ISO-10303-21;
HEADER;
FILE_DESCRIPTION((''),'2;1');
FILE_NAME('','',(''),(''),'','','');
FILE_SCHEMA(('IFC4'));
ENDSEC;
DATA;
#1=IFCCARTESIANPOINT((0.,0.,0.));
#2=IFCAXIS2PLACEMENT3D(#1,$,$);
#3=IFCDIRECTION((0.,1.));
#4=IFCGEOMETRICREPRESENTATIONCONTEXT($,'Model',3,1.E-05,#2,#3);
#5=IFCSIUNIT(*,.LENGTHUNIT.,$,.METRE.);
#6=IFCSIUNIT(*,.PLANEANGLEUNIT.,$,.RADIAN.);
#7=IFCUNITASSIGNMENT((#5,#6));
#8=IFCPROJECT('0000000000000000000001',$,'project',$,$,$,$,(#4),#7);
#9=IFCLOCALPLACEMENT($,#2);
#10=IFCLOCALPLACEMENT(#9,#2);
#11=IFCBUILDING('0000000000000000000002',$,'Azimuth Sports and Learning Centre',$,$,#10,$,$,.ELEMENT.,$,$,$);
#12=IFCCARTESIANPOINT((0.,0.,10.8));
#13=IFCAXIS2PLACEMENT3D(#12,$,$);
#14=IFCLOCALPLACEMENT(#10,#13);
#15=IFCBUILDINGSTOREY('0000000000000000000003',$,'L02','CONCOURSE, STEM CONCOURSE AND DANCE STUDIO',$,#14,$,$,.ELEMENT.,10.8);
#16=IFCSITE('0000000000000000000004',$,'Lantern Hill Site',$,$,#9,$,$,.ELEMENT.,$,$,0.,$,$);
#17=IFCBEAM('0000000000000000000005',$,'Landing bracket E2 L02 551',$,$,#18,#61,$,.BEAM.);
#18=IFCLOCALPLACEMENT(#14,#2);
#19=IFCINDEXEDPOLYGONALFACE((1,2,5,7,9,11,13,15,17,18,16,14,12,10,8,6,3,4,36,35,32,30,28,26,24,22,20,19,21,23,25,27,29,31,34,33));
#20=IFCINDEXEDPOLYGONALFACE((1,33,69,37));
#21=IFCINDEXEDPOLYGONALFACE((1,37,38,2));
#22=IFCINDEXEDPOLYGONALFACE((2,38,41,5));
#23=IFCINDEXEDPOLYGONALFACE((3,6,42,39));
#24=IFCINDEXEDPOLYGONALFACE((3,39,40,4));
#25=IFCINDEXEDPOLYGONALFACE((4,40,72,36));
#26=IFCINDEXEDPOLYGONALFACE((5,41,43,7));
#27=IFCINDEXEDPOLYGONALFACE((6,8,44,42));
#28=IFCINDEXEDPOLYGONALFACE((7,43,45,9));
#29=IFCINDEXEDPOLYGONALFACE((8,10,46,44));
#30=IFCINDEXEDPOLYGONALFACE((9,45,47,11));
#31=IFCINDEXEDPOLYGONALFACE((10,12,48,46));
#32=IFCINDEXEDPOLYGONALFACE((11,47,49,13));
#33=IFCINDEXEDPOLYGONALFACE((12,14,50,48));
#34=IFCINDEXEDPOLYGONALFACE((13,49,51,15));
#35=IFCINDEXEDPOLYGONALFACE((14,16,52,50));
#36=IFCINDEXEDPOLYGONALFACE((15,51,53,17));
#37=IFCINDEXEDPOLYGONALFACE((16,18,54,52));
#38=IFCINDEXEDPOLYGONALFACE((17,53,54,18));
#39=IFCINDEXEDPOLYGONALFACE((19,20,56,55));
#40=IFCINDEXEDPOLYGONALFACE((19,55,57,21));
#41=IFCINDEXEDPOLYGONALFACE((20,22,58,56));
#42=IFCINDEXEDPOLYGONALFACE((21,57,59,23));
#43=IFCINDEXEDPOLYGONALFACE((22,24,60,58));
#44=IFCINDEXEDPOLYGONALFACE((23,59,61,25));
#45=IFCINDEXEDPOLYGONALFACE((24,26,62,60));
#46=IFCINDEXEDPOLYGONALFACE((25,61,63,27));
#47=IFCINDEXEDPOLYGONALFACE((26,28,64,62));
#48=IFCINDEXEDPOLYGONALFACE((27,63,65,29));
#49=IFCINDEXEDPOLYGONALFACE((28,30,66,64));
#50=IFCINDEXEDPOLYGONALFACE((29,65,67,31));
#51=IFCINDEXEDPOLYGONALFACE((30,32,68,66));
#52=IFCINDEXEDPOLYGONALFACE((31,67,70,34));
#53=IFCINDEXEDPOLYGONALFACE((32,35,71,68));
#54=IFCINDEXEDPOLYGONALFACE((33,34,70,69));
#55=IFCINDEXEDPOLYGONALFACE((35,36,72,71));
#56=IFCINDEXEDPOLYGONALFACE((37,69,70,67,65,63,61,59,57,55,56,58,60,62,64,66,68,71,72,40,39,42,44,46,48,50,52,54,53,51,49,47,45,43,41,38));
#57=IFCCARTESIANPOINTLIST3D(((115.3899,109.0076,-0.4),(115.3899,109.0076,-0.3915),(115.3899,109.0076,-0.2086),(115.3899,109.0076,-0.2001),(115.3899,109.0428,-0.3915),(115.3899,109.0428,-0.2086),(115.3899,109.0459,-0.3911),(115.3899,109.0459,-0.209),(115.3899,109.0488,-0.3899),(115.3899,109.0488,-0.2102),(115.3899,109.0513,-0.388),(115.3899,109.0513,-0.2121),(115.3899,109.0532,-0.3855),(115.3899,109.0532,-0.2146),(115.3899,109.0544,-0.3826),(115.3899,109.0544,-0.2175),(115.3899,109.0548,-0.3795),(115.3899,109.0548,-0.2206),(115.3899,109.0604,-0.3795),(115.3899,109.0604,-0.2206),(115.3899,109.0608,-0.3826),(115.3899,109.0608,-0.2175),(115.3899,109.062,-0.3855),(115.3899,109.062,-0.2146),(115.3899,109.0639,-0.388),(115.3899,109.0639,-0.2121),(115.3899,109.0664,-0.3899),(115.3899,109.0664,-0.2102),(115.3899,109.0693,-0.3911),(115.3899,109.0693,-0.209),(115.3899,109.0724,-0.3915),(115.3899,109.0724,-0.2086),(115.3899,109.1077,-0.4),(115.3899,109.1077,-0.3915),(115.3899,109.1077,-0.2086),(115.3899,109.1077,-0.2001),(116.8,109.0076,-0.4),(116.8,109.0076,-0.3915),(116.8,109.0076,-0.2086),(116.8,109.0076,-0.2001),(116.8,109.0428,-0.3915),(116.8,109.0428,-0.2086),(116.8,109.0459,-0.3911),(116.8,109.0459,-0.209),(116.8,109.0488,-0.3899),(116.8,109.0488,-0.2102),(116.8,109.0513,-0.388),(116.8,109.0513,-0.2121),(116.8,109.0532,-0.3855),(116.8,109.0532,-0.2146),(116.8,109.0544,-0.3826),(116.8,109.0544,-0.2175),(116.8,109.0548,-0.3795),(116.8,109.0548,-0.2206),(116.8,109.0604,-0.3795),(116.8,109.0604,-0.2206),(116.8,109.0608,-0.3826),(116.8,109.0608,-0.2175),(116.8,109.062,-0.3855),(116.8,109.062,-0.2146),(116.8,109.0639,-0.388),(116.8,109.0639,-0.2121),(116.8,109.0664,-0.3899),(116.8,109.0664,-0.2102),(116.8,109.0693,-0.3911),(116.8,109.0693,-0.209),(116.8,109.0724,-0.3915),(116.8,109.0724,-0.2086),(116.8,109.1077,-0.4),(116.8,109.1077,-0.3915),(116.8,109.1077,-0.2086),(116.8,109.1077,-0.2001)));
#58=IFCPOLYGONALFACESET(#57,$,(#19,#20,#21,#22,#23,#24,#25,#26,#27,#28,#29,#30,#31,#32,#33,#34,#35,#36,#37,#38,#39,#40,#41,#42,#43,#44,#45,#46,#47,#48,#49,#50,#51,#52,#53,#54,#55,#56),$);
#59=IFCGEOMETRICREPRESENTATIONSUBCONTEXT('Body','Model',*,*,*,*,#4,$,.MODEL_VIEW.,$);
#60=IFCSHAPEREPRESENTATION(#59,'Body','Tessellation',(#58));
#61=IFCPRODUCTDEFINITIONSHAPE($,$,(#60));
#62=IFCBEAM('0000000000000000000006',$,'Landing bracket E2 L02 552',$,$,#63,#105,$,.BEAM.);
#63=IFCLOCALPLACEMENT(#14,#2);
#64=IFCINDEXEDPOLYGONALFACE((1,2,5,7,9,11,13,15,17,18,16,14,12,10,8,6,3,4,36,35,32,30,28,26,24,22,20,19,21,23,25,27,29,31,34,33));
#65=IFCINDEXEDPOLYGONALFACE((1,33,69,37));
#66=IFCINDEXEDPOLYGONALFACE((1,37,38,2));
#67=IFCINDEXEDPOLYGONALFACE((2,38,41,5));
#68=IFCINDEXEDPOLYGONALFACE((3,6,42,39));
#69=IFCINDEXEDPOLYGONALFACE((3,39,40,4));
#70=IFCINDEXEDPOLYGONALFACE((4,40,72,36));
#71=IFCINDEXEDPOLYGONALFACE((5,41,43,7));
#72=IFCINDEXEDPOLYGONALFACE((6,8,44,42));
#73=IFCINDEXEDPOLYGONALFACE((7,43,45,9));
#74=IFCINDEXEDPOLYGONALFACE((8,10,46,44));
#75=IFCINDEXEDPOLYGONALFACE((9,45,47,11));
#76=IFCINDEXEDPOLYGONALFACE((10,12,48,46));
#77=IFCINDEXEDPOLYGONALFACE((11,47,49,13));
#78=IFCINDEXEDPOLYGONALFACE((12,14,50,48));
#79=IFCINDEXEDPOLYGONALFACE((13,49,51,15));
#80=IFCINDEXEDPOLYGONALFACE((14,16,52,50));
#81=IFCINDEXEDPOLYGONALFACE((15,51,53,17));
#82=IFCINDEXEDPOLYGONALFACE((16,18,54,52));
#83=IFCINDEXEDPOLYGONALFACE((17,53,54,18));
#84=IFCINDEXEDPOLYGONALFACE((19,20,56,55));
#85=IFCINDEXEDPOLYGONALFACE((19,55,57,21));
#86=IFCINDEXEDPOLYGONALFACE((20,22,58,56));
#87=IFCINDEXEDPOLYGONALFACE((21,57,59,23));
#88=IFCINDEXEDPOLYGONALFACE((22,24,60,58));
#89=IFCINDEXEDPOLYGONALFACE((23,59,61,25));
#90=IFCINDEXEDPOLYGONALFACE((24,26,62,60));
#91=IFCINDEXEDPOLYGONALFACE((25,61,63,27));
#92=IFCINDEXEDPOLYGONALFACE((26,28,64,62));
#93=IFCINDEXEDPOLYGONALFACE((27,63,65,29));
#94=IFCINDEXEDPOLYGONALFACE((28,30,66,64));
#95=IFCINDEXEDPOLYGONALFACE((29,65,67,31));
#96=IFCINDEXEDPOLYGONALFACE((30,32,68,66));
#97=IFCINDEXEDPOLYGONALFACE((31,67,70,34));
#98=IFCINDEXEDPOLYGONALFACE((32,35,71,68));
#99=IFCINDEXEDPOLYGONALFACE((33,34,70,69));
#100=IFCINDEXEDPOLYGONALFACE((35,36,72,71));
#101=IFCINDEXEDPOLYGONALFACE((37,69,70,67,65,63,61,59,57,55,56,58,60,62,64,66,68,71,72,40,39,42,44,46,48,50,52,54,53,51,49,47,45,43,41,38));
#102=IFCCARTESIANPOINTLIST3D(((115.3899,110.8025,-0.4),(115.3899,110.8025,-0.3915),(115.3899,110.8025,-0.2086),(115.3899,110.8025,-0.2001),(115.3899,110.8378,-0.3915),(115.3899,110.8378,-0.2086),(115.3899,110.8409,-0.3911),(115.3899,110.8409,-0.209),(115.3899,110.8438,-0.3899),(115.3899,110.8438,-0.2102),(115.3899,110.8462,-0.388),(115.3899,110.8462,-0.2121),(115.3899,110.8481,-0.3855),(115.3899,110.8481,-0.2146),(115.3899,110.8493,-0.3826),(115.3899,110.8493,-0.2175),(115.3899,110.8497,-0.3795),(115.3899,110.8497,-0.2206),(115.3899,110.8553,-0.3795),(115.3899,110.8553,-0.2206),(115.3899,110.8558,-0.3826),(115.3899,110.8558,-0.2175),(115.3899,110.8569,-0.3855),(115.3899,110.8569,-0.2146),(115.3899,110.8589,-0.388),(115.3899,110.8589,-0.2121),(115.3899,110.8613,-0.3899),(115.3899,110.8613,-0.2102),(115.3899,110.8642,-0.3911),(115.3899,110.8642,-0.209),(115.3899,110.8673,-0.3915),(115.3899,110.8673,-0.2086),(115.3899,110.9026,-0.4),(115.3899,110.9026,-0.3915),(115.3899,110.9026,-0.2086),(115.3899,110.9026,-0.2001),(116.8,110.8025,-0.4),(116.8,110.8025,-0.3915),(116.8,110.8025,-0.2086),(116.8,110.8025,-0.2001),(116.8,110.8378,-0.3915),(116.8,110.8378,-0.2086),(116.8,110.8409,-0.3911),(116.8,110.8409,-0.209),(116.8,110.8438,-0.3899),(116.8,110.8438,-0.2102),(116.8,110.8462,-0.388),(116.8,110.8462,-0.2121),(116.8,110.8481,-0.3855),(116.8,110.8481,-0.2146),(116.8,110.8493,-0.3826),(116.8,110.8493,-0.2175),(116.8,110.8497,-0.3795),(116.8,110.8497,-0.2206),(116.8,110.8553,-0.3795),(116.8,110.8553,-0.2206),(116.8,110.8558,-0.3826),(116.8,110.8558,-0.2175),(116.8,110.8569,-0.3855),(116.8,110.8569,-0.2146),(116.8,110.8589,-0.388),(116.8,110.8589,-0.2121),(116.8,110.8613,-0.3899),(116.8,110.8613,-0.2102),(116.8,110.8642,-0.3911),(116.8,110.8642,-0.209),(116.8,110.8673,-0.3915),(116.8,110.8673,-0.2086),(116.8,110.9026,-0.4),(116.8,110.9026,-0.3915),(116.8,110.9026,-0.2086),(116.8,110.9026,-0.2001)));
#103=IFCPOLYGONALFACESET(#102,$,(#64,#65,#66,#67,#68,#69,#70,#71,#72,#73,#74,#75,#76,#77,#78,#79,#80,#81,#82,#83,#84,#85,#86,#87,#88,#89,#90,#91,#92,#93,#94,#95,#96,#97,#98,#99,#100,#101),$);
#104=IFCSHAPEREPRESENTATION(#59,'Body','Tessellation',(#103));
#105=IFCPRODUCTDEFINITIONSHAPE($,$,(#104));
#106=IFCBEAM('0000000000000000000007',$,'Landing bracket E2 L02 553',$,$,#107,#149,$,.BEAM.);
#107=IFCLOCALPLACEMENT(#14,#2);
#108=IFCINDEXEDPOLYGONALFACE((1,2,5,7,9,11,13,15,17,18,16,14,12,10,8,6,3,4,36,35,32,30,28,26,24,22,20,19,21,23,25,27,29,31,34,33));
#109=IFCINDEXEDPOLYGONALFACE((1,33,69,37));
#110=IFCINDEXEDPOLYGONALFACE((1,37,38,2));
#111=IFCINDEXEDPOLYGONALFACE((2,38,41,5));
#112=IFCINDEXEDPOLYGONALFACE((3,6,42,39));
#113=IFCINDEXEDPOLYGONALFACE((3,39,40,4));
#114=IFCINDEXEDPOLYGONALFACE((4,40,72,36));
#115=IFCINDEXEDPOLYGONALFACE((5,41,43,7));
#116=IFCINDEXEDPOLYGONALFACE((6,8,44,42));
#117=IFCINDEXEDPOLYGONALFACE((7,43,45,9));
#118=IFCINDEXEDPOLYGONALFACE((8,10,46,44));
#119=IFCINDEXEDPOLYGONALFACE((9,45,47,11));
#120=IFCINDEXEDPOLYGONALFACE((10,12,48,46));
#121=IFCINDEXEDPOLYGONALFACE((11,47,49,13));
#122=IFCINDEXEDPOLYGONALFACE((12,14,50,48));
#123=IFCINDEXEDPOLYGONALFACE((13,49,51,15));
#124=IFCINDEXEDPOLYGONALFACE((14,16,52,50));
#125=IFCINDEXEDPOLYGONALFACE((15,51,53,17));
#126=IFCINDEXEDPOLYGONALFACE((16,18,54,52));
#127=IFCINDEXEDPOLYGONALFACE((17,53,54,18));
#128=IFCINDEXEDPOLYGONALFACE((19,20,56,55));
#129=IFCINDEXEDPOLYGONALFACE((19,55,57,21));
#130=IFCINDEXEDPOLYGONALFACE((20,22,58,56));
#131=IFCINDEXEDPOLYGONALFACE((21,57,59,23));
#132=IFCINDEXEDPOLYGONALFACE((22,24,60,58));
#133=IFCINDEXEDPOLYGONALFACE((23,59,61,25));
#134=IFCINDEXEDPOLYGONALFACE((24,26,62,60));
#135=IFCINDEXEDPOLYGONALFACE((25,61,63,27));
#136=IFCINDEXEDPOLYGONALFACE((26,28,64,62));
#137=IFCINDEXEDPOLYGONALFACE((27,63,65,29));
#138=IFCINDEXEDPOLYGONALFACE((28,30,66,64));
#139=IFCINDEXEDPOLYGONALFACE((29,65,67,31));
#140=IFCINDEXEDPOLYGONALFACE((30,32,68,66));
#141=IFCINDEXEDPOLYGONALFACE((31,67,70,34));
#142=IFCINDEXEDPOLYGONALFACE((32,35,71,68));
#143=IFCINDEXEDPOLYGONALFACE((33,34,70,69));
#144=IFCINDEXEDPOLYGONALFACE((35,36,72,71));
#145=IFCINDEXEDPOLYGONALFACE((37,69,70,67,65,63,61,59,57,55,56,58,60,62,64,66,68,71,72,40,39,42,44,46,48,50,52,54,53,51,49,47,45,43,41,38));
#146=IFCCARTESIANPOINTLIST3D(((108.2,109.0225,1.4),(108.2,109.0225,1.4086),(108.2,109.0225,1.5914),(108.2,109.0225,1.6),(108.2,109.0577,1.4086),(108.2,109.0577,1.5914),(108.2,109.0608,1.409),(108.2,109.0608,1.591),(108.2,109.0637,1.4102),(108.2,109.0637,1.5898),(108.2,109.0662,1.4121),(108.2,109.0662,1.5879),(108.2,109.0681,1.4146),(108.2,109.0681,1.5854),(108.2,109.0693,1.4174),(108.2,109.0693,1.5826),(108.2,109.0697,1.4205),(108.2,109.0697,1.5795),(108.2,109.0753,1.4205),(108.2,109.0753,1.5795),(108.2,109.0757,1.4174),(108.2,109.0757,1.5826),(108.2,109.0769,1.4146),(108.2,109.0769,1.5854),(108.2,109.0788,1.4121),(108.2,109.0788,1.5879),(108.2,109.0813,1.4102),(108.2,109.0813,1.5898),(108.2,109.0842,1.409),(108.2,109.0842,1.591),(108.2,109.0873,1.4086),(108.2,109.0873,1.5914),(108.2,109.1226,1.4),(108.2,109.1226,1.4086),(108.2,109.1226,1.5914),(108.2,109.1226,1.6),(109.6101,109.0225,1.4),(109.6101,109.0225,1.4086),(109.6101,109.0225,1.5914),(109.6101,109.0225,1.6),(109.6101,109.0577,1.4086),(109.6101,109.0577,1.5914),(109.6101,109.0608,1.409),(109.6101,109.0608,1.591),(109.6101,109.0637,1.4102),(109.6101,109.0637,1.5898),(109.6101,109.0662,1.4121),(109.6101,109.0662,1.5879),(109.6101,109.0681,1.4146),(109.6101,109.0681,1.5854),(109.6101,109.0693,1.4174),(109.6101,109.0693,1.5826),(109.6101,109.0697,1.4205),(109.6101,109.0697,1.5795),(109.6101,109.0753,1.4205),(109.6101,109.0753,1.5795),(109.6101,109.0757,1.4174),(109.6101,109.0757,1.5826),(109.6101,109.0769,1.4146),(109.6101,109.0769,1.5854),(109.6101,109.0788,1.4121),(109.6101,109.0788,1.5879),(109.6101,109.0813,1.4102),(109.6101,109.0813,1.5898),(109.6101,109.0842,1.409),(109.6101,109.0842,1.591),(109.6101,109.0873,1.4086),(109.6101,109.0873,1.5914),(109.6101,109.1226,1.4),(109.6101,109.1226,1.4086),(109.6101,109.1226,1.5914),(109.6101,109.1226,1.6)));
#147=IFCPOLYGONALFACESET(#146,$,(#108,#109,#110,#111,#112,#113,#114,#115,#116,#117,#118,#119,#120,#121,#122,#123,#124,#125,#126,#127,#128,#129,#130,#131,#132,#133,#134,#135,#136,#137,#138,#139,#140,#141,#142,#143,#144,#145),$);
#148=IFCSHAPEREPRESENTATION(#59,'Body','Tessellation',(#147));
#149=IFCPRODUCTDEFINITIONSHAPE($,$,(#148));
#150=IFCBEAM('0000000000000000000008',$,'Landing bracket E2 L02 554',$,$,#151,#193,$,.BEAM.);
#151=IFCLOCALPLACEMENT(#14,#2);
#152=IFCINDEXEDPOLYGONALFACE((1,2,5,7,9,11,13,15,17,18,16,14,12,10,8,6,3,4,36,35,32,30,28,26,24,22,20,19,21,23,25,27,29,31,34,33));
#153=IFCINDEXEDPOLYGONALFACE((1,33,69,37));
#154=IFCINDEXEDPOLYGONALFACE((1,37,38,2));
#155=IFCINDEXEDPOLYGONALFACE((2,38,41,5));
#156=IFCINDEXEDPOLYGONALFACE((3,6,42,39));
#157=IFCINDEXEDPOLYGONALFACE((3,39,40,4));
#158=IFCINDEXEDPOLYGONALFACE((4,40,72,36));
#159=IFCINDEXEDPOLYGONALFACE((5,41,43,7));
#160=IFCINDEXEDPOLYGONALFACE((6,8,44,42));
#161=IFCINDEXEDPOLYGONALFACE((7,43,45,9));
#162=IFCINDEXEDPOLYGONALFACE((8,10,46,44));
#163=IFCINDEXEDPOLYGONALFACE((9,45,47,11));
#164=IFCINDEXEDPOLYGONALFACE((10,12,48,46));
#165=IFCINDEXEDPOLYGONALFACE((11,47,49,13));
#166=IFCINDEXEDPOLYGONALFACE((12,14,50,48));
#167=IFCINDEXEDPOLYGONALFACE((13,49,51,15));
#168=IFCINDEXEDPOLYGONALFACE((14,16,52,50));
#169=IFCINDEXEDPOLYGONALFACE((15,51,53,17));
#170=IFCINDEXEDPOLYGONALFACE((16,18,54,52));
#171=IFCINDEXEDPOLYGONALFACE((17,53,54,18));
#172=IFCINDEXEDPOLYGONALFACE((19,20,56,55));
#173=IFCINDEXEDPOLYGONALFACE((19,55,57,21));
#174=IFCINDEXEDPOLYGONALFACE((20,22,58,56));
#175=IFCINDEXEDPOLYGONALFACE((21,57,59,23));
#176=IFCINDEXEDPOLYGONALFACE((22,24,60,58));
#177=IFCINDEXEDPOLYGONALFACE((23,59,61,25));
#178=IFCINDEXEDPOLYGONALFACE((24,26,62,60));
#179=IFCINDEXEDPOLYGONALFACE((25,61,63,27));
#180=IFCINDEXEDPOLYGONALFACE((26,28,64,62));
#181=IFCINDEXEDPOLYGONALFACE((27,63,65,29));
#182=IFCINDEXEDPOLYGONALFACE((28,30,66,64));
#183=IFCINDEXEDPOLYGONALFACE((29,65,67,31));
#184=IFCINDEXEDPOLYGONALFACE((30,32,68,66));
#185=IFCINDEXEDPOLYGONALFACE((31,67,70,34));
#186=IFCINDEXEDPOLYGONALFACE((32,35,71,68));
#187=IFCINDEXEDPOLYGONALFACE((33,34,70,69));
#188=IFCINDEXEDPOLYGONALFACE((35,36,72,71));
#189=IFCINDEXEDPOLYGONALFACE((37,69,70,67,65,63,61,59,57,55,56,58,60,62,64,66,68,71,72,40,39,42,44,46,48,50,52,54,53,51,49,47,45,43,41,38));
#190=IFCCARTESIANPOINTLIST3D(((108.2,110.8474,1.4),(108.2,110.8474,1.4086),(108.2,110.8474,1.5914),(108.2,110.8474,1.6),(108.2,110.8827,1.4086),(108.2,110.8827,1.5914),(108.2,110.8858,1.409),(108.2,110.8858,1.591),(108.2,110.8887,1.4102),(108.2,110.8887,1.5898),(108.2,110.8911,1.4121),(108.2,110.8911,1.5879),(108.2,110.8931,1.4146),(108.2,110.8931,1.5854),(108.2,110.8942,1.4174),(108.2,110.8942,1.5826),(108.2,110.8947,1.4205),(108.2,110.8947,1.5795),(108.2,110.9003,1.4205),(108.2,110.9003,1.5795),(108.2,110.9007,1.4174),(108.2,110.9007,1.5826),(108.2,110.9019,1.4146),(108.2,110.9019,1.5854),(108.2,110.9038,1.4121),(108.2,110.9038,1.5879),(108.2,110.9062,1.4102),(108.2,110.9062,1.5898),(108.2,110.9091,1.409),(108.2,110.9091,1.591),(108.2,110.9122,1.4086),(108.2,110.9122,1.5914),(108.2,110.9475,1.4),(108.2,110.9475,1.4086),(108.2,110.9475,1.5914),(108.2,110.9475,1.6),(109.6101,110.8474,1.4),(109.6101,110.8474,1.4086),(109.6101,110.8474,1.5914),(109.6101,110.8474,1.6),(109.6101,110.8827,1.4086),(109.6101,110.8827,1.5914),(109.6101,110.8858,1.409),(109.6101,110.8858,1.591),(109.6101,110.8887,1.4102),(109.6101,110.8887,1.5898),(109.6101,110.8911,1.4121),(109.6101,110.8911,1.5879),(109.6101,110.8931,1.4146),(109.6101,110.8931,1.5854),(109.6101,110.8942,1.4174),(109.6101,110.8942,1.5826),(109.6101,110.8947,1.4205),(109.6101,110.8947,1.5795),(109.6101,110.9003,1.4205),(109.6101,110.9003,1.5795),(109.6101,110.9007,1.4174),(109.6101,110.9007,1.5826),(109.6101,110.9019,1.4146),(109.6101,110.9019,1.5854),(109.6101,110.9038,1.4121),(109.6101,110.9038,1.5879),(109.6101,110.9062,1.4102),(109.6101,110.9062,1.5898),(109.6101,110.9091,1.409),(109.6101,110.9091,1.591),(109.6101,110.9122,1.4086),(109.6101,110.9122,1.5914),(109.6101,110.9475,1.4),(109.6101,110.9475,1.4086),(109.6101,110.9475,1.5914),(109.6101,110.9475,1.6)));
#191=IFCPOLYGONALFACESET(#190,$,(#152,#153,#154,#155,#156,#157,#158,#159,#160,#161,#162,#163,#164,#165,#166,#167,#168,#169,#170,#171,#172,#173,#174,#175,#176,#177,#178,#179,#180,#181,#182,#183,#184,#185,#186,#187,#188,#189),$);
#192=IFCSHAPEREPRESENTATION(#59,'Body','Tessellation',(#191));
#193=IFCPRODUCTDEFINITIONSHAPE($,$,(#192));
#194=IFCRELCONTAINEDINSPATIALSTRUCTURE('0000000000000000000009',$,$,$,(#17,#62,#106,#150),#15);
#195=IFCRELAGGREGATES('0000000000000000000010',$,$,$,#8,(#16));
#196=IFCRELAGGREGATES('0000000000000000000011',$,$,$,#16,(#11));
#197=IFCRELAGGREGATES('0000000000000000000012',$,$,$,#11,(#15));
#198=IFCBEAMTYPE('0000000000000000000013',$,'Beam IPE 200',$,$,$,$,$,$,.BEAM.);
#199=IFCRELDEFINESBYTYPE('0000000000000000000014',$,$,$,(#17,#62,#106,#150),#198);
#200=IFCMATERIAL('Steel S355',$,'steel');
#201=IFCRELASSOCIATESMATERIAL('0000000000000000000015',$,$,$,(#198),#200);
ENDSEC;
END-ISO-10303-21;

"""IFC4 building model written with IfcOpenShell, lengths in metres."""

from ifc_helpers import new_model, si_unit, direction, frame, origin, origin_2d, place, context, subcontext, project, spatial, i_section, extrude, material, material_profile, profile_set, type_object, element, save


model = new_model("IFC4")

# Units and contexts
model_context = context("Model", 3, precision=1e-05, world=origin(), true_north=direction((0.0, 1.0)))
body_context = subcontext(model_context, "Body", "Model", "MODEL_VIEW")
ifc_project = project(units=[si_unit("LENGTHUNIT", "METRE"), si_unit("PLANEANGLEUNIT", "RADIAN")], contexts=[model_context])

# Site, building, storey
site_placement = place(None, origin())
site = spatial("IfcSite", under=ifc_project, at=site_placement, Name="Lantern Hill Site", CompositionType="ELEMENT", RefElevation=0.0)
building_placement = place(site_placement, origin())
building = spatial("IfcBuilding", under=site, at=building_placement, Name="Azimuth Sports and Learning Centre", CompositionType="ELEMENT")
storey_placement = place(building_placement, frame((0.0, 0.0, 10.8)))
storey = spatial("IfcBuildingStorey", under=building, at=storey_placement, Name="L02", Description="CONCOURSE, STEM CONCOURSE AND DANCE STUDIO", CompositionType="ELEMENT", Elevation=10.8)

# Beams
ifc_material_1 = material(Name="Steel S355", Category="steel")
ifc_material_profile = material_profile(ifc_material_1, i_section(OverallWidth=0.1001, OverallDepth=0.2, WebThickness=0.0056, FlangeThickness=0.0085, FilletRadius=0.012, at=origin_2d()), Name="IPE 200")
ifc_profile_set = profile_set([ifc_material_profile], Name="Steel S355")
beam_type = type_object("IfcBeamType", Name="Beam IPE 200", PredefinedType="BEAM", material=ifc_profile_set)
for number, where, z_axis, x_axis, name in (
    (1, (116.8, 109.0576, -0.3), (-1.0, 0.0, 0.0), (0.0, -1.0, 0.0), "Landing bracket E2 L02 551"),
    (2, (116.8, 110.8525, -0.3), (-1.0, 0.0, 0.0), (0.0, -1.0, 0.0), "Landing bracket E2 L02 552"),
    (3, (108.2, 109.0725, 1.5), (1.0, 0.0, 0.0), (0.0, 1.0, 0.0), "Landing bracket E2 L02 553"),
    (4, (108.2, 110.8975, 1.5), (1.0, 0.0, 0.0), (0.0, 1.0, 0.0), "Landing bracket E2 L02 554"),
):
    element("IfcBeam", number, at=place(storey_placement, frame(where, z_axis=z_axis, x_axis=x_axis)), inside=storey, type_object=beam_type, Name=name, PredefinedType="BEAM", context=body_context, shape_type="SweptSolid", body=[
        extrude(i_section(OverallWidth=0.1001, OverallDepth=0.2, WebThickness=0.0056, FlangeThickness=0.0085, FilletRadius=0.012, at=origin_2d()), origin(), (0.0, 0.0, 1.0), 1.4102),
    ])

save(model, "model.ifc")
